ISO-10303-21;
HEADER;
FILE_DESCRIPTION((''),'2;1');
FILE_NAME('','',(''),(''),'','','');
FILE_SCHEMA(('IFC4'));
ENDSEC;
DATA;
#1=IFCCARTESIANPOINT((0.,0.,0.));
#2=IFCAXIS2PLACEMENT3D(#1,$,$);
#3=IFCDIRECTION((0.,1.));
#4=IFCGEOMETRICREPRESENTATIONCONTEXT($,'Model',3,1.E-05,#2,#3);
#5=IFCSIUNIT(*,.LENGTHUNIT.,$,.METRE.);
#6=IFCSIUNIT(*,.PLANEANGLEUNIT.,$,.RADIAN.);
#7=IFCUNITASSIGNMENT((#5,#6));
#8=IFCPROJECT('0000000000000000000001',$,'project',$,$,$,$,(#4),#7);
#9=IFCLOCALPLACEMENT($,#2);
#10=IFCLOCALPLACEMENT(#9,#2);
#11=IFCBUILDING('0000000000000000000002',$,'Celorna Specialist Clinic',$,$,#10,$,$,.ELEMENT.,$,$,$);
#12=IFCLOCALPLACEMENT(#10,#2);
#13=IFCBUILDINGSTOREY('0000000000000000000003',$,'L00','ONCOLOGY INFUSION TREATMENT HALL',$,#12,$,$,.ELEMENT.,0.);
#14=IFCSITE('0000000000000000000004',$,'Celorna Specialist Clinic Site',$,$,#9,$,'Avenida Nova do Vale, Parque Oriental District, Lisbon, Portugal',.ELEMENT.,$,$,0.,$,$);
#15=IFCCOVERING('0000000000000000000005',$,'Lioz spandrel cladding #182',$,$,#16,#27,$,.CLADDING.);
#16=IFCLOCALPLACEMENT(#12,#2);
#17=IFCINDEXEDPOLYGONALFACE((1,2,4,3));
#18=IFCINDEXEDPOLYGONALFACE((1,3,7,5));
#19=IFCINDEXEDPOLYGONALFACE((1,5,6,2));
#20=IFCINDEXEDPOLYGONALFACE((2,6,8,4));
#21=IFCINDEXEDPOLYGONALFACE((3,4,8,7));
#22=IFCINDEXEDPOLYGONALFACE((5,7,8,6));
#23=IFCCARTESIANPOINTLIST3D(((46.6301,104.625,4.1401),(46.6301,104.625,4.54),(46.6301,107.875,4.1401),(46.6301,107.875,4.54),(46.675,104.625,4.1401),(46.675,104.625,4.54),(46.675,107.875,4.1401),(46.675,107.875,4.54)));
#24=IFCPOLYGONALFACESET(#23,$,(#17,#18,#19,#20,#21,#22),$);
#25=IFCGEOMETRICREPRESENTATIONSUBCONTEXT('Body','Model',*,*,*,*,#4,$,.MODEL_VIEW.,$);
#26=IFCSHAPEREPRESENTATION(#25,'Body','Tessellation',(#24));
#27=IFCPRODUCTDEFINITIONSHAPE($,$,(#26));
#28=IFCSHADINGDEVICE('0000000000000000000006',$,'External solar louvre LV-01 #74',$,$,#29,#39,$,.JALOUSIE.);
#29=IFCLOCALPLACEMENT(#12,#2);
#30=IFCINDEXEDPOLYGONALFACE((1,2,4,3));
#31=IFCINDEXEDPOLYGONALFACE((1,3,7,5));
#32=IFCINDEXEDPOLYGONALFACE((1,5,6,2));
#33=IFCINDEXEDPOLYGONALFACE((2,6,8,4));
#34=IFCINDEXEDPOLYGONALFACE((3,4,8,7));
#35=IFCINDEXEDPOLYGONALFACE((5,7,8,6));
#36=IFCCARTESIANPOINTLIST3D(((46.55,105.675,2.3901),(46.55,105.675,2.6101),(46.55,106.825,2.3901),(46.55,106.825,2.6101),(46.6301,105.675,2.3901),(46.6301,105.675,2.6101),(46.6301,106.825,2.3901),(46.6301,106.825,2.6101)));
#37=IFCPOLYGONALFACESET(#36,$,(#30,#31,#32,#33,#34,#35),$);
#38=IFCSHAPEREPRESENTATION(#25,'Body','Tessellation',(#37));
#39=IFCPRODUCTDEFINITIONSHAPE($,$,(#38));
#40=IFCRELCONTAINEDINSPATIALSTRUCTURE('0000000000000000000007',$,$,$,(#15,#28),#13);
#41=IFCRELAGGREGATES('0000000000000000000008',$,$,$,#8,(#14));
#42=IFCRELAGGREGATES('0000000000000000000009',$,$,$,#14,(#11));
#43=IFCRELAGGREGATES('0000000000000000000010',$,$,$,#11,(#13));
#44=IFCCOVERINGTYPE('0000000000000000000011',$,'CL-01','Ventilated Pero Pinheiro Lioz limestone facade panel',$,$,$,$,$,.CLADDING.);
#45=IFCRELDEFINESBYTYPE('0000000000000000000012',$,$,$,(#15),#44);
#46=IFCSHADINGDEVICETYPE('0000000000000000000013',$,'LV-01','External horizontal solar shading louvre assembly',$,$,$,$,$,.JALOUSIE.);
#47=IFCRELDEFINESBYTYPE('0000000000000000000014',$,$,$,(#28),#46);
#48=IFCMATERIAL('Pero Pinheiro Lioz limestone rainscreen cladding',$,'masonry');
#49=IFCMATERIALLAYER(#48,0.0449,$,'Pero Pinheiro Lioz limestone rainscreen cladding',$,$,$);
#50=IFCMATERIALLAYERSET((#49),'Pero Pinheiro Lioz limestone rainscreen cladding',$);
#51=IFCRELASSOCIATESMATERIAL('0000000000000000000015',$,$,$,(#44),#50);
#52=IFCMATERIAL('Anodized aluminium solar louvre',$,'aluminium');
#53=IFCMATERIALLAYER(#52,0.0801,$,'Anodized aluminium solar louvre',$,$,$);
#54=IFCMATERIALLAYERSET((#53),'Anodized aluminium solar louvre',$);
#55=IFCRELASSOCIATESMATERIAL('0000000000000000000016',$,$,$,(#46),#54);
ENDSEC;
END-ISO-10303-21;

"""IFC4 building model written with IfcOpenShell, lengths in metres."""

from ifc_helpers import new_model, si_unit, direction, frame, origin, origin_2d, place, context, subcontext, project, spatial, rectangle, extrude, material, layer, layer_set, type_object, element, save


model = new_model("IFC4")

# Units and contexts
model_context = context("Model", 3, precision=1e-05, world=origin(), true_north=direction((0.0, 1.0)))
body_context = subcontext(model_context, "Body", "Model", "MODEL_VIEW")
ifc_project = project(units=[si_unit("LENGTHUNIT", "METRE"), si_unit("PLANEANGLEUNIT", "RADIAN")], contexts=[model_context])

# Site, building, storey
site_placement = place(None, origin())
site = spatial("IfcSite", under=ifc_project, at=site_placement, Name="Celorna Specialist Clinic Site", LongName="Avenida Nova do Vale, Parque Oriental District, Lisbon, Portugal", CompositionType="ELEMENT", RefElevation=0.0)
building_placement = place(site_placement, origin())
building = spatial("IfcBuilding", under=site, at=building_placement, Name="Celorna Specialist Clinic", CompositionType="ELEMENT")
storey_placement = place(building_placement, origin())
storey = spatial("IfcBuildingStorey", under=building, at=storey_placement, Name="L00", Description="ONCOLOGY INFUSION TREATMENT HALL", CompositionType="ELEMENT", Elevation=0.0)

# Covering
ifc_material_1 = material(Name="Pero Pinheiro Lioz limestone rainscreen cladding", Category="masonry")
ifc_layer_1 = layer(ifc_material_1, 0.0449, Name="Pero Pinheiro Lioz limestone rainscreen cladding")
ifc_layer_set_1 = layer_set([ifc_layer_1], Name="Pero Pinheiro Lioz limestone rainscreen cladding")
covering_type = type_object("IfcCoveringType", Name="CL-01", Description="Ventilated Pero Pinheiro Lioz limestone facade panel", PredefinedType="CLADDING", material=ifc_layer_set_1)
covering_1_placement = place(storey_placement, frame((46.6526, 106.25, 4.1401), z_axis=(0.0, 0.0, 1.0), x_axis=(0.0, 1.0, 0.0)))
element("IfcCovering", 1, at=covering_1_placement, inside=storey, type_object=covering_type, Name="Lioz spandrel cladding #182", PredefinedType="CLADDING", context=body_context, shape_type="SweptSolid", body=[
    extrude(rectangle(XDim=3.25, YDim=0.0449, at=origin_2d()), origin(), (0.0, 0.0, 1.0), 0.3999),
])

# Shading device
ifc_material_2 = material(Name="Anodized aluminium solar louvre", Category="aluminium")
ifc_layer_2 = layer(ifc_material_2, 0.0801, Name="Anodized aluminium solar louvre")
ifc_layer_set_2 = layer_set([ifc_layer_2], Name="Anodized aluminium solar louvre")
shading_device_type = type_object("IfcShadingDeviceType", Name="LV-01", Description="External horizontal solar shading louvre assembly", PredefinedType="JALOUSIE", material=ifc_layer_set_2)
shading_device_placement = place(storey_placement, frame((46.5901, 106.25, 2.3901), z_axis=(0.0, 0.0, 1.0), x_axis=(0.0, 1.0, 0.0)))
element("IfcShadingDevice", 2, at=shading_device_placement, inside=storey, type_object=shading_device_type, Name="External solar louvre LV-01 #74", PredefinedType="JALOUSIE", context=body_context, shape_type="SweptSolid", body=[
    extrude(rectangle(XDim=1.1499, YDim=0.0801, at=origin_2d()), origin(), (0.0, 0.0, 1.0), 0.22),
])

save(model, "model.ifc")
